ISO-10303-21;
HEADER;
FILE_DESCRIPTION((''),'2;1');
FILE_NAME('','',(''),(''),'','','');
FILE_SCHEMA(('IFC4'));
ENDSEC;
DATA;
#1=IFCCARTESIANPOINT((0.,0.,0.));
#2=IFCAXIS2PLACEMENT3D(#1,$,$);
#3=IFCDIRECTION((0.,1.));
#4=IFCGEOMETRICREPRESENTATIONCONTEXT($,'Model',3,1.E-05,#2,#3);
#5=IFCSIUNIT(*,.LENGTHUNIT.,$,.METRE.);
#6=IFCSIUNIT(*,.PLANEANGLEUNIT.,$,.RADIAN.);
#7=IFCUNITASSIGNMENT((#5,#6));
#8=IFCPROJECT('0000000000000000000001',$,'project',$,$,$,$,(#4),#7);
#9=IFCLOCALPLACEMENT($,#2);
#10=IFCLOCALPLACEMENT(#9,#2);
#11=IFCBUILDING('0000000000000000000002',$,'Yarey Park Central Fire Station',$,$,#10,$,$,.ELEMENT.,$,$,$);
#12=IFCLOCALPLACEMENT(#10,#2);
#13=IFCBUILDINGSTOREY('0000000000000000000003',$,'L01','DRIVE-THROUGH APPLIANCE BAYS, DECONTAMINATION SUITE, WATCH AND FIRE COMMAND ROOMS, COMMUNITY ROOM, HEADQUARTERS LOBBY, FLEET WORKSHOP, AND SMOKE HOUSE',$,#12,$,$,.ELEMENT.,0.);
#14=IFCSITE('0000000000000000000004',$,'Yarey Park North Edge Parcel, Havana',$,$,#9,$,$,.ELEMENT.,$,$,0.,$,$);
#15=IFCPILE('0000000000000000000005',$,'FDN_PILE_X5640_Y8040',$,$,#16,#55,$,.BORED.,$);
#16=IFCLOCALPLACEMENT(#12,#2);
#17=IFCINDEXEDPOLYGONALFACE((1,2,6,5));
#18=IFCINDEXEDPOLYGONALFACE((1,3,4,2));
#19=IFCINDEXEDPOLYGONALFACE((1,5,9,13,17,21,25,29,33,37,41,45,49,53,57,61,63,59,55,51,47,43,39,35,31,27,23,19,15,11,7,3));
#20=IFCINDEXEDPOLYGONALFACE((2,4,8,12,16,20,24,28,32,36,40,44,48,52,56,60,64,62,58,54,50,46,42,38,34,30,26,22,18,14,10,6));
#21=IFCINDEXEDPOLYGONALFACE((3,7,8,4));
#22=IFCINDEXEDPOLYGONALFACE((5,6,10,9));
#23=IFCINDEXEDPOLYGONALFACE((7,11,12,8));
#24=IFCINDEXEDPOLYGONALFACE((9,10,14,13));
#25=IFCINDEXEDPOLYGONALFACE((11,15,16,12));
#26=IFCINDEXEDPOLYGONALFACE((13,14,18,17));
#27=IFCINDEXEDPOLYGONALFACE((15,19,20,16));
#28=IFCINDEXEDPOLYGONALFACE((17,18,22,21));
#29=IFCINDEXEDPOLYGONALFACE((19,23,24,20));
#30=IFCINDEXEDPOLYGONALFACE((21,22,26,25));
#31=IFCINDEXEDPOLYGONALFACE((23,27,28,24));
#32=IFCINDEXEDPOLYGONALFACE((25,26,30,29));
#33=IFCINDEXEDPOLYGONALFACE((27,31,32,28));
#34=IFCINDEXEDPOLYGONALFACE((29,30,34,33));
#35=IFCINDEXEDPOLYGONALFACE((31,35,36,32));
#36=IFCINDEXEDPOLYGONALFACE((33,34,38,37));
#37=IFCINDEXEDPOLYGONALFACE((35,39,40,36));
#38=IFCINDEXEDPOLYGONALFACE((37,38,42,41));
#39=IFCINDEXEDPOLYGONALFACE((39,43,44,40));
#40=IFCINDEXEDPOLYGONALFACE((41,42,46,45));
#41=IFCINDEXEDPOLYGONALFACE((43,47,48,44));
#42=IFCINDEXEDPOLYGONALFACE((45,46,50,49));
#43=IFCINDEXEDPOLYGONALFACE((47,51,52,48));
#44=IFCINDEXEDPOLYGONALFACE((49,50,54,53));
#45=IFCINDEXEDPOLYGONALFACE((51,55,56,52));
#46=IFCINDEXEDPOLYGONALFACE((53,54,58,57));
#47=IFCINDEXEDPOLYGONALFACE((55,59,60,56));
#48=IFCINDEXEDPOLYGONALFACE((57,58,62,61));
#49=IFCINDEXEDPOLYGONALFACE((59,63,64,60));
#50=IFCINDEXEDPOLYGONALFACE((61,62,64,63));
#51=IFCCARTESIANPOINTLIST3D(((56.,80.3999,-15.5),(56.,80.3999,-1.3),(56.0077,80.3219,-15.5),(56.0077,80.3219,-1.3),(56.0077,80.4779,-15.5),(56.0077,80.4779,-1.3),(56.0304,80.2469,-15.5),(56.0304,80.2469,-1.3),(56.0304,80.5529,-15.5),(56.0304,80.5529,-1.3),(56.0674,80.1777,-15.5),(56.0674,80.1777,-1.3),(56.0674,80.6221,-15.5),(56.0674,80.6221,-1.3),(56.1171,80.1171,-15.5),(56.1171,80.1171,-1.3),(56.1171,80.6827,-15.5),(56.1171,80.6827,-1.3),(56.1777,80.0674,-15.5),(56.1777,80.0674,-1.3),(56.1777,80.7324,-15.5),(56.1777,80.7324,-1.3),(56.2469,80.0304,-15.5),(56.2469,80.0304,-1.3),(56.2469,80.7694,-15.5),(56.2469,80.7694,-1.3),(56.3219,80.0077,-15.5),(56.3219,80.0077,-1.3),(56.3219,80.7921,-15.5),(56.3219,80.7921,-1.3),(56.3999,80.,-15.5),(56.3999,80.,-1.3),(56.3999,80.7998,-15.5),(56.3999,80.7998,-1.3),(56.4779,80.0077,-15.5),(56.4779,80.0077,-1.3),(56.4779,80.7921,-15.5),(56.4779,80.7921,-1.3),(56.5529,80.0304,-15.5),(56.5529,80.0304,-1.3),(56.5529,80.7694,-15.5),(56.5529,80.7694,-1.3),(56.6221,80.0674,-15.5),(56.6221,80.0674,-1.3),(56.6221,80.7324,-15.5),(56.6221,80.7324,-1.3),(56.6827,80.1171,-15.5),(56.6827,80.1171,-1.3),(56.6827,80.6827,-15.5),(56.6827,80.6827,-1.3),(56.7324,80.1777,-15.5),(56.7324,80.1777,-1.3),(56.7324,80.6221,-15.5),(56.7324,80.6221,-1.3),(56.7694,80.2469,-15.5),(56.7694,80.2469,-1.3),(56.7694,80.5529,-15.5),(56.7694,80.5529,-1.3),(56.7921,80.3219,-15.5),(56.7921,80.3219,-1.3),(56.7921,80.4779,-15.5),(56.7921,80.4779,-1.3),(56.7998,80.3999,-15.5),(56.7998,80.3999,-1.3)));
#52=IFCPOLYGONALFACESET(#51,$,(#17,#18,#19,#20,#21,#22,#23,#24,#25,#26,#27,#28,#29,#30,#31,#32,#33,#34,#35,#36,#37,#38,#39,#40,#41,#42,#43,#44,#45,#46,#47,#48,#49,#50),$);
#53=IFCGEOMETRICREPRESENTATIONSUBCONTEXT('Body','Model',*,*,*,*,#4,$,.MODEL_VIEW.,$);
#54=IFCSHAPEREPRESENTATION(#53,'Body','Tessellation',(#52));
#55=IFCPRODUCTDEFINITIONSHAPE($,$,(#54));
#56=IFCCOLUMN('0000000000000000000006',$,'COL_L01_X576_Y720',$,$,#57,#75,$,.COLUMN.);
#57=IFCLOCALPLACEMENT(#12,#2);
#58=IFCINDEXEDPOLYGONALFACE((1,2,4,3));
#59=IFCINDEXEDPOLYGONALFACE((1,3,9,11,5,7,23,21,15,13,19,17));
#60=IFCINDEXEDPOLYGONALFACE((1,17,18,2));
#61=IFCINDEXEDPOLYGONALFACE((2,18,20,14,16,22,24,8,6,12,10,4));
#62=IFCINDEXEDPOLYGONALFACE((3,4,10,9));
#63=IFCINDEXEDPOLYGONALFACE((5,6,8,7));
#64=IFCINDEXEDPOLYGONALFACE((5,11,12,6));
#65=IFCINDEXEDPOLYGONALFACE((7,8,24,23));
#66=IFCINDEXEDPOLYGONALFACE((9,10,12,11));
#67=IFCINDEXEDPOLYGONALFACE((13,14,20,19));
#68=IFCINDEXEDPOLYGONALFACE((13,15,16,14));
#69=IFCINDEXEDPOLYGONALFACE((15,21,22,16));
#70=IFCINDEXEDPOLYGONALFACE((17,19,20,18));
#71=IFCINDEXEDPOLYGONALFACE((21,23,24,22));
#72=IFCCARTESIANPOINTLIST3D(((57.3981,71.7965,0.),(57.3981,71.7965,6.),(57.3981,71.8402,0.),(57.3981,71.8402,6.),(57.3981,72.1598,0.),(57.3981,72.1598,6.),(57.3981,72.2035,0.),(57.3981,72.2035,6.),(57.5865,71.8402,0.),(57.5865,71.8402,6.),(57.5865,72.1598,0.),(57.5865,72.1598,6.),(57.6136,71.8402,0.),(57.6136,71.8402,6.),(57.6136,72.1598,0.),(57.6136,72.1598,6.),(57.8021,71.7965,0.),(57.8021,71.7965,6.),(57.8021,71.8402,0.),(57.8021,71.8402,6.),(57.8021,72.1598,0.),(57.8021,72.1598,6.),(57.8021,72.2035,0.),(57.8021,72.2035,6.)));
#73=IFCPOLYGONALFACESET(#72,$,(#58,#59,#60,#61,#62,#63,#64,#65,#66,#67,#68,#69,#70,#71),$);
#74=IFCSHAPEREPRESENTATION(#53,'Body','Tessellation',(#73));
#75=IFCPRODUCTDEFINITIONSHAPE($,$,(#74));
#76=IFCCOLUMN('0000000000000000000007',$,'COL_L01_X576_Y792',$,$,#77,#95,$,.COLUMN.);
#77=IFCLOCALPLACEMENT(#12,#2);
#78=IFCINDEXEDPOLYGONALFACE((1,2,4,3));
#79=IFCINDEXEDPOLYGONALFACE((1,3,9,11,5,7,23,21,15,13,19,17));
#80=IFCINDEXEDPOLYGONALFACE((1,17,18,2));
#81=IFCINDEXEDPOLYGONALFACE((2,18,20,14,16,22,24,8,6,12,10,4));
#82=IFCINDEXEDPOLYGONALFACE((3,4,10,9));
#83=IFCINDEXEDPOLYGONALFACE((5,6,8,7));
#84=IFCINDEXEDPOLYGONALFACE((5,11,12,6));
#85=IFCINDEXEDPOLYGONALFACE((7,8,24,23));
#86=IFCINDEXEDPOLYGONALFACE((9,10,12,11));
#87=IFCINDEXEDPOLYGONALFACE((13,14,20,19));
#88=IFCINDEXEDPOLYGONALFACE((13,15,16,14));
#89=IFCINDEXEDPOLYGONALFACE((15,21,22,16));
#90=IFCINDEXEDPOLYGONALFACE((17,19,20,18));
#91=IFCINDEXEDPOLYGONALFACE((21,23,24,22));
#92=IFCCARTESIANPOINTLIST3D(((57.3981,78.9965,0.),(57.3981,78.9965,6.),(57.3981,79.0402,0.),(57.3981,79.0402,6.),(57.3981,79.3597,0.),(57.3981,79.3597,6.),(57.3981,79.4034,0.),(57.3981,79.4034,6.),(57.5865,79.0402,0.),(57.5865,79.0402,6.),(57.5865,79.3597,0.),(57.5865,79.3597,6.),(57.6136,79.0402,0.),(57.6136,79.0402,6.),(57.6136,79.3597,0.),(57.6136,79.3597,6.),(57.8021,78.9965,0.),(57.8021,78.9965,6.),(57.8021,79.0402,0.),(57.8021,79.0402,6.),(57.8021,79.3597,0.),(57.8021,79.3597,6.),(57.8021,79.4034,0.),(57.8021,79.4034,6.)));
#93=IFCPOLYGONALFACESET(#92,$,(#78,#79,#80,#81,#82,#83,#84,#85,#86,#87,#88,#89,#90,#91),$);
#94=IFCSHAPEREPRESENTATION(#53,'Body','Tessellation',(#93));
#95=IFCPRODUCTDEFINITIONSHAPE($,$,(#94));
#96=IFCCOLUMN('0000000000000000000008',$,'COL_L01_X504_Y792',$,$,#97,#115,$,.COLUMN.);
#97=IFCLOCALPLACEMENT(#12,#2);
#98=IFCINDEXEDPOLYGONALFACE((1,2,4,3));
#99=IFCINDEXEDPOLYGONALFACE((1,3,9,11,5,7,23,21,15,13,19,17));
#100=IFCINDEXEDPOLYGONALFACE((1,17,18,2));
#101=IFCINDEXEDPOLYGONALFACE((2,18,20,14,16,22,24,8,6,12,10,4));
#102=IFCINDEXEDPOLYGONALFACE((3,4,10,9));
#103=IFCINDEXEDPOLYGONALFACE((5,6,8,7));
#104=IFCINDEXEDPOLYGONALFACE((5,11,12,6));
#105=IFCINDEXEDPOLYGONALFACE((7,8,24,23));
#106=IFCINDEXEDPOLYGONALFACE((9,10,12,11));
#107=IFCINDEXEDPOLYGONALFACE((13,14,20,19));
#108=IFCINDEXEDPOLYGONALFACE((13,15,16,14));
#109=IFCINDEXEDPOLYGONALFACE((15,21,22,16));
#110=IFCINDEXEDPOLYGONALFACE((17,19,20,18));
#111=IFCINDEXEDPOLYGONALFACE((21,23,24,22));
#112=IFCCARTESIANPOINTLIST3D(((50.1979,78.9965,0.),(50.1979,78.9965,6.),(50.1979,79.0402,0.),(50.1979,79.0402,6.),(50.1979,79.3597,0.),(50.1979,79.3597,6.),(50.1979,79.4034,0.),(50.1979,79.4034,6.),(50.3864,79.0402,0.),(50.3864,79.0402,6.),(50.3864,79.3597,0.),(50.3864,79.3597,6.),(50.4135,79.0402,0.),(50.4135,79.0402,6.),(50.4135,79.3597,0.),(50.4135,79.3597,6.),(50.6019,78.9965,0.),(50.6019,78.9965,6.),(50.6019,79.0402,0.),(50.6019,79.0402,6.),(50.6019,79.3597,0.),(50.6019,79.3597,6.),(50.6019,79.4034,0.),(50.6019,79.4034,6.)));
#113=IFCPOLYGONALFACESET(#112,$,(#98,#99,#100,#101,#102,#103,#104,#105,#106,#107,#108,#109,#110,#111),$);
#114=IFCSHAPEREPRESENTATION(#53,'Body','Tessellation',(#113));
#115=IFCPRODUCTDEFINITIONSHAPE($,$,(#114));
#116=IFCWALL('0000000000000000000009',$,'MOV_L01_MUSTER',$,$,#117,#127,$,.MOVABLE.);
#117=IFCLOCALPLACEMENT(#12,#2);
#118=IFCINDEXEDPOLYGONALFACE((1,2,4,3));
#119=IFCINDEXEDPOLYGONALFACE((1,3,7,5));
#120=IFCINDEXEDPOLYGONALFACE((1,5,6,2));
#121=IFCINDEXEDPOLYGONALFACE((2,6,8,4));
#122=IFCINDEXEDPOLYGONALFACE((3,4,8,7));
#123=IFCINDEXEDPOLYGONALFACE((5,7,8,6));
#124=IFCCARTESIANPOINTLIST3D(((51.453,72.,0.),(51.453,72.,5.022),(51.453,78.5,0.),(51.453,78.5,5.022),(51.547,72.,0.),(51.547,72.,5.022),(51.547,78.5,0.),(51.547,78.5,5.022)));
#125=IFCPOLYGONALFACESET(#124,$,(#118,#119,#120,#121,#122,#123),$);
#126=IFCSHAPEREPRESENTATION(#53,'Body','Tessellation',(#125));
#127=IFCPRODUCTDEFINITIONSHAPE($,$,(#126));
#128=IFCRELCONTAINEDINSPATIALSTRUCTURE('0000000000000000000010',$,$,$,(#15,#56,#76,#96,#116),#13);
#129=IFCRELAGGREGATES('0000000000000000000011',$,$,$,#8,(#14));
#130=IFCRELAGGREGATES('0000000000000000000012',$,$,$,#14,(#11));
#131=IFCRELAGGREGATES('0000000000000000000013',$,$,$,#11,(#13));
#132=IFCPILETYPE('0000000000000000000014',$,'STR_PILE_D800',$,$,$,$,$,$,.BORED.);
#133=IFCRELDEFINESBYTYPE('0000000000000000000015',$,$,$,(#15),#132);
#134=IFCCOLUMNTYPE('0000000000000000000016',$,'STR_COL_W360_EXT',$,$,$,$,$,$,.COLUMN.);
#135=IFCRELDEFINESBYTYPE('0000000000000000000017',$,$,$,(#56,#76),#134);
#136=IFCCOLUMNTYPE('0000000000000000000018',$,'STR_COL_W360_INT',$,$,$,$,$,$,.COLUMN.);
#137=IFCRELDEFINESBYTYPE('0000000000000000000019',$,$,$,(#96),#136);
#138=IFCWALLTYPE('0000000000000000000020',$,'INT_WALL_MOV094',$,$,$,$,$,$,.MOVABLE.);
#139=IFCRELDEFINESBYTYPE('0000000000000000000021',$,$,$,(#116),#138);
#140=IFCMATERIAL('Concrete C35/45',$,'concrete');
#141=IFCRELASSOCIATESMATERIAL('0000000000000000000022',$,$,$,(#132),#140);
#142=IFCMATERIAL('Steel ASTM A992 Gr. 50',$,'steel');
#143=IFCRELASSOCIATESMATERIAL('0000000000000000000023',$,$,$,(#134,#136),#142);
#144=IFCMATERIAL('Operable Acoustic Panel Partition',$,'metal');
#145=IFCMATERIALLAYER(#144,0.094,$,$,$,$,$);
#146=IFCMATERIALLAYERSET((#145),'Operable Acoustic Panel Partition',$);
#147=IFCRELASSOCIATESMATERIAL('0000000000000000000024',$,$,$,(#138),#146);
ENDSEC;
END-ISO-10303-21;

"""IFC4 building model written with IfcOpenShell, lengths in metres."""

from ifc_helpers import new_model, si_unit, direction, frame, frame_2d, origin, origin_2d, place, context, subcontext, project, spatial, rectangle, circle, i_section, extrude, material, layer, layer_set, material_profile, profile_set, type_object, element, save


model = new_model("IFC4")

# Units and contexts
model_context = context("Model", 3, precision=1e-05, world=origin(), true_north=direction((0.0, 1.0)))
body_context = subcontext(model_context, "Body", "Model", "MODEL_VIEW")
ifc_project = project(units=[si_unit("LENGTHUNIT", "METRE"), si_unit("PLANEANGLEUNIT", "RADIAN")], contexts=[model_context])

# Site, building, storey
site_placement = place(None, origin())
site = spatial("IfcSite", under=ifc_project, at=site_placement, Name="Yarey Park North Edge Parcel, Havana", CompositionType="ELEMENT", RefElevation=0.0)
building_placement = place(site_placement, origin())
building = spatial("IfcBuilding", under=site, at=building_placement, Name="Yarey Park Central Fire Station", CompositionType="ELEMENT")
storey_placement = place(building_placement, origin())
storey = spatial("IfcBuildingStorey", under=building, at=storey_placement, Name="L01", Description="DRIVE-THROUGH APPLIANCE BAYS, DECONTAMINATION SUITE, WATCH AND FIRE COMMAND ROOMS, COMMUNITY ROOM, HEADQUARTERS LOBBY, FLEET WORKSHOP, AND SMOKE HOUSE", CompositionType="ELEMENT", Elevation=0.0)

# Shared definitions
ifc_material_1 = material(Name="Concrete C35/45", Category="concrete")

# Pile
ifc_material_profile_1 = material_profile(ifc_material_1, circle(Radius=0.3999, at=origin_2d()), Name="BORED PILE D800")
ifc_profile_set_1 = profile_set([ifc_material_profile_1], Name="Concrete C35/45")
pile_type = type_object("IfcPileType", Name="STR_PILE_D800", PredefinedType="BORED", material=ifc_profile_set_1)
for number, where, z_axis, x_axis, name in (
    (1, (56.3999, 80.3999, -1.3), (0.0, 0.0, -1.0), (1.0, 0.0, 0.0), "FDN_PILE_X5640_Y8040"),
):
    element("IfcPile", number, at=place(storey_placement, frame(where, z_axis=z_axis, x_axis=x_axis)), inside=storey, type_object=pile_type, Name=name, PredefinedType="BORED", context=body_context, shape_type="SweptSolid", body=[
        extrude(circle(Radius=0.3999, at=origin_2d()), origin(), (0.0, 0.0, 1.0), 14.2),
    ])

# Columns
ifc_material_2 = material(Name="Steel ASTM A992 Gr. 50", Category="steel")
ifc_material_profile_2 = material_profile(ifc_material_2, i_section(OverallWidth=0.4041, OverallDepth=0.407, WebThickness=0.0271, FlangeThickness=0.0437, at=origin_2d()), Name="W360x347")
ifc_profile_set_2 = profile_set([ifc_material_profile_2], Name="Steel ASTM A992 Gr. 50")
column_type_1 = type_object("IfcColumnType", Name="STR_COL_W360_EXT", PredefinedType="COLUMN", material=ifc_profile_set_2)
for number, where, z_axis, x_axis, name in (
    (2, (57.6001, 72.0, 0.0), (0.0, 0.0, 1.0), (1.0, 0.0, 0.0), "COL_L01_X576_Y720"),
    (3, (57.6001, 79.2, 0.0), (0.0, 0.0, 1.0), (1.0, 0.0, 0.0), "COL_L01_X576_Y792"),
):
    element("IfcColumn", number, at=place(storey_placement, frame(where, z_axis=z_axis, x_axis=x_axis)), inside=storey, type_object=column_type_1, Name=name, PredefinedType="COLUMN", context=body_context, shape_type="SweptSolid", body=[
        extrude(i_section(OverallWidth=0.4041, OverallDepth=0.407, WebThickness=0.0271, FlangeThickness=0.0437, at=origin_2d()), origin(), (0.0, 0.0, 1.0), 6.0),
    ])
ifc_material_profile_3 = material_profile(ifc_material_2, i_section(OverallWidth=0.4041, OverallDepth=0.407, WebThickness=0.0271, FlangeThickness=0.0437, at=origin_2d()), Name="W360x347")
ifc_profile_set_3 = profile_set([ifc_material_profile_3], Name="Steel ASTM A992 Gr. 50")
column_type_2 = type_object("IfcColumnType", Name="STR_COL_W360_INT", PredefinedType="COLUMN", material=ifc_profile_set_3)
column_placement = place(storey_placement, frame((50.3999, 79.2, 0.0), z_axis=(0.0, 0.0, 1.0), x_axis=(1.0, 0.0, 0.0)))
element("IfcColumn", 4, at=column_placement, inside=storey, type_object=column_type_2, Name="COL_L01_X504_Y792", PredefinedType="COLUMN", context=body_context, shape_type="SweptSolid", body=[
    extrude(i_section(OverallWidth=0.4041, OverallDepth=0.407, WebThickness=0.0271, FlangeThickness=0.0437, at=origin_2d()), origin(), (0.0, 0.0, 1.0), 6.0),
])

# Wall
ifc_material_3 = material(Name="Operable Acoustic Panel Partition", Category="metal")
ifc_layer = layer(ifc_material_3, 0.094)
ifc_layer_set = layer_set([ifc_layer], Name="Operable Acoustic Panel Partition")
wall_type = type_object("IfcWallType", Name="INT_WALL_MOV094", PredefinedType="MOVABLE", material=ifc_layer_set)
wall_placement = place(storey_placement, frame((51.5, 72.0, 0.0), z_axis=(0.0, 0.0, 1.0), x_axis=(0.0, 1.0, 0.0)))
element("IfcWall", 5, at=wall_placement, inside=storey, type_object=wall_type, Name="MOV_L01_MUSTER", PredefinedType="MOVABLE", context=body_context, shape_type="SweptSolid", body=[
    extrude(rectangle(XDim=6.5, YDim=0.094, at=frame_2d((3.25, 0.0))), origin(), (0.0, 0.0, 1.0), 5.022),
])

save(model, "model.ifc")
